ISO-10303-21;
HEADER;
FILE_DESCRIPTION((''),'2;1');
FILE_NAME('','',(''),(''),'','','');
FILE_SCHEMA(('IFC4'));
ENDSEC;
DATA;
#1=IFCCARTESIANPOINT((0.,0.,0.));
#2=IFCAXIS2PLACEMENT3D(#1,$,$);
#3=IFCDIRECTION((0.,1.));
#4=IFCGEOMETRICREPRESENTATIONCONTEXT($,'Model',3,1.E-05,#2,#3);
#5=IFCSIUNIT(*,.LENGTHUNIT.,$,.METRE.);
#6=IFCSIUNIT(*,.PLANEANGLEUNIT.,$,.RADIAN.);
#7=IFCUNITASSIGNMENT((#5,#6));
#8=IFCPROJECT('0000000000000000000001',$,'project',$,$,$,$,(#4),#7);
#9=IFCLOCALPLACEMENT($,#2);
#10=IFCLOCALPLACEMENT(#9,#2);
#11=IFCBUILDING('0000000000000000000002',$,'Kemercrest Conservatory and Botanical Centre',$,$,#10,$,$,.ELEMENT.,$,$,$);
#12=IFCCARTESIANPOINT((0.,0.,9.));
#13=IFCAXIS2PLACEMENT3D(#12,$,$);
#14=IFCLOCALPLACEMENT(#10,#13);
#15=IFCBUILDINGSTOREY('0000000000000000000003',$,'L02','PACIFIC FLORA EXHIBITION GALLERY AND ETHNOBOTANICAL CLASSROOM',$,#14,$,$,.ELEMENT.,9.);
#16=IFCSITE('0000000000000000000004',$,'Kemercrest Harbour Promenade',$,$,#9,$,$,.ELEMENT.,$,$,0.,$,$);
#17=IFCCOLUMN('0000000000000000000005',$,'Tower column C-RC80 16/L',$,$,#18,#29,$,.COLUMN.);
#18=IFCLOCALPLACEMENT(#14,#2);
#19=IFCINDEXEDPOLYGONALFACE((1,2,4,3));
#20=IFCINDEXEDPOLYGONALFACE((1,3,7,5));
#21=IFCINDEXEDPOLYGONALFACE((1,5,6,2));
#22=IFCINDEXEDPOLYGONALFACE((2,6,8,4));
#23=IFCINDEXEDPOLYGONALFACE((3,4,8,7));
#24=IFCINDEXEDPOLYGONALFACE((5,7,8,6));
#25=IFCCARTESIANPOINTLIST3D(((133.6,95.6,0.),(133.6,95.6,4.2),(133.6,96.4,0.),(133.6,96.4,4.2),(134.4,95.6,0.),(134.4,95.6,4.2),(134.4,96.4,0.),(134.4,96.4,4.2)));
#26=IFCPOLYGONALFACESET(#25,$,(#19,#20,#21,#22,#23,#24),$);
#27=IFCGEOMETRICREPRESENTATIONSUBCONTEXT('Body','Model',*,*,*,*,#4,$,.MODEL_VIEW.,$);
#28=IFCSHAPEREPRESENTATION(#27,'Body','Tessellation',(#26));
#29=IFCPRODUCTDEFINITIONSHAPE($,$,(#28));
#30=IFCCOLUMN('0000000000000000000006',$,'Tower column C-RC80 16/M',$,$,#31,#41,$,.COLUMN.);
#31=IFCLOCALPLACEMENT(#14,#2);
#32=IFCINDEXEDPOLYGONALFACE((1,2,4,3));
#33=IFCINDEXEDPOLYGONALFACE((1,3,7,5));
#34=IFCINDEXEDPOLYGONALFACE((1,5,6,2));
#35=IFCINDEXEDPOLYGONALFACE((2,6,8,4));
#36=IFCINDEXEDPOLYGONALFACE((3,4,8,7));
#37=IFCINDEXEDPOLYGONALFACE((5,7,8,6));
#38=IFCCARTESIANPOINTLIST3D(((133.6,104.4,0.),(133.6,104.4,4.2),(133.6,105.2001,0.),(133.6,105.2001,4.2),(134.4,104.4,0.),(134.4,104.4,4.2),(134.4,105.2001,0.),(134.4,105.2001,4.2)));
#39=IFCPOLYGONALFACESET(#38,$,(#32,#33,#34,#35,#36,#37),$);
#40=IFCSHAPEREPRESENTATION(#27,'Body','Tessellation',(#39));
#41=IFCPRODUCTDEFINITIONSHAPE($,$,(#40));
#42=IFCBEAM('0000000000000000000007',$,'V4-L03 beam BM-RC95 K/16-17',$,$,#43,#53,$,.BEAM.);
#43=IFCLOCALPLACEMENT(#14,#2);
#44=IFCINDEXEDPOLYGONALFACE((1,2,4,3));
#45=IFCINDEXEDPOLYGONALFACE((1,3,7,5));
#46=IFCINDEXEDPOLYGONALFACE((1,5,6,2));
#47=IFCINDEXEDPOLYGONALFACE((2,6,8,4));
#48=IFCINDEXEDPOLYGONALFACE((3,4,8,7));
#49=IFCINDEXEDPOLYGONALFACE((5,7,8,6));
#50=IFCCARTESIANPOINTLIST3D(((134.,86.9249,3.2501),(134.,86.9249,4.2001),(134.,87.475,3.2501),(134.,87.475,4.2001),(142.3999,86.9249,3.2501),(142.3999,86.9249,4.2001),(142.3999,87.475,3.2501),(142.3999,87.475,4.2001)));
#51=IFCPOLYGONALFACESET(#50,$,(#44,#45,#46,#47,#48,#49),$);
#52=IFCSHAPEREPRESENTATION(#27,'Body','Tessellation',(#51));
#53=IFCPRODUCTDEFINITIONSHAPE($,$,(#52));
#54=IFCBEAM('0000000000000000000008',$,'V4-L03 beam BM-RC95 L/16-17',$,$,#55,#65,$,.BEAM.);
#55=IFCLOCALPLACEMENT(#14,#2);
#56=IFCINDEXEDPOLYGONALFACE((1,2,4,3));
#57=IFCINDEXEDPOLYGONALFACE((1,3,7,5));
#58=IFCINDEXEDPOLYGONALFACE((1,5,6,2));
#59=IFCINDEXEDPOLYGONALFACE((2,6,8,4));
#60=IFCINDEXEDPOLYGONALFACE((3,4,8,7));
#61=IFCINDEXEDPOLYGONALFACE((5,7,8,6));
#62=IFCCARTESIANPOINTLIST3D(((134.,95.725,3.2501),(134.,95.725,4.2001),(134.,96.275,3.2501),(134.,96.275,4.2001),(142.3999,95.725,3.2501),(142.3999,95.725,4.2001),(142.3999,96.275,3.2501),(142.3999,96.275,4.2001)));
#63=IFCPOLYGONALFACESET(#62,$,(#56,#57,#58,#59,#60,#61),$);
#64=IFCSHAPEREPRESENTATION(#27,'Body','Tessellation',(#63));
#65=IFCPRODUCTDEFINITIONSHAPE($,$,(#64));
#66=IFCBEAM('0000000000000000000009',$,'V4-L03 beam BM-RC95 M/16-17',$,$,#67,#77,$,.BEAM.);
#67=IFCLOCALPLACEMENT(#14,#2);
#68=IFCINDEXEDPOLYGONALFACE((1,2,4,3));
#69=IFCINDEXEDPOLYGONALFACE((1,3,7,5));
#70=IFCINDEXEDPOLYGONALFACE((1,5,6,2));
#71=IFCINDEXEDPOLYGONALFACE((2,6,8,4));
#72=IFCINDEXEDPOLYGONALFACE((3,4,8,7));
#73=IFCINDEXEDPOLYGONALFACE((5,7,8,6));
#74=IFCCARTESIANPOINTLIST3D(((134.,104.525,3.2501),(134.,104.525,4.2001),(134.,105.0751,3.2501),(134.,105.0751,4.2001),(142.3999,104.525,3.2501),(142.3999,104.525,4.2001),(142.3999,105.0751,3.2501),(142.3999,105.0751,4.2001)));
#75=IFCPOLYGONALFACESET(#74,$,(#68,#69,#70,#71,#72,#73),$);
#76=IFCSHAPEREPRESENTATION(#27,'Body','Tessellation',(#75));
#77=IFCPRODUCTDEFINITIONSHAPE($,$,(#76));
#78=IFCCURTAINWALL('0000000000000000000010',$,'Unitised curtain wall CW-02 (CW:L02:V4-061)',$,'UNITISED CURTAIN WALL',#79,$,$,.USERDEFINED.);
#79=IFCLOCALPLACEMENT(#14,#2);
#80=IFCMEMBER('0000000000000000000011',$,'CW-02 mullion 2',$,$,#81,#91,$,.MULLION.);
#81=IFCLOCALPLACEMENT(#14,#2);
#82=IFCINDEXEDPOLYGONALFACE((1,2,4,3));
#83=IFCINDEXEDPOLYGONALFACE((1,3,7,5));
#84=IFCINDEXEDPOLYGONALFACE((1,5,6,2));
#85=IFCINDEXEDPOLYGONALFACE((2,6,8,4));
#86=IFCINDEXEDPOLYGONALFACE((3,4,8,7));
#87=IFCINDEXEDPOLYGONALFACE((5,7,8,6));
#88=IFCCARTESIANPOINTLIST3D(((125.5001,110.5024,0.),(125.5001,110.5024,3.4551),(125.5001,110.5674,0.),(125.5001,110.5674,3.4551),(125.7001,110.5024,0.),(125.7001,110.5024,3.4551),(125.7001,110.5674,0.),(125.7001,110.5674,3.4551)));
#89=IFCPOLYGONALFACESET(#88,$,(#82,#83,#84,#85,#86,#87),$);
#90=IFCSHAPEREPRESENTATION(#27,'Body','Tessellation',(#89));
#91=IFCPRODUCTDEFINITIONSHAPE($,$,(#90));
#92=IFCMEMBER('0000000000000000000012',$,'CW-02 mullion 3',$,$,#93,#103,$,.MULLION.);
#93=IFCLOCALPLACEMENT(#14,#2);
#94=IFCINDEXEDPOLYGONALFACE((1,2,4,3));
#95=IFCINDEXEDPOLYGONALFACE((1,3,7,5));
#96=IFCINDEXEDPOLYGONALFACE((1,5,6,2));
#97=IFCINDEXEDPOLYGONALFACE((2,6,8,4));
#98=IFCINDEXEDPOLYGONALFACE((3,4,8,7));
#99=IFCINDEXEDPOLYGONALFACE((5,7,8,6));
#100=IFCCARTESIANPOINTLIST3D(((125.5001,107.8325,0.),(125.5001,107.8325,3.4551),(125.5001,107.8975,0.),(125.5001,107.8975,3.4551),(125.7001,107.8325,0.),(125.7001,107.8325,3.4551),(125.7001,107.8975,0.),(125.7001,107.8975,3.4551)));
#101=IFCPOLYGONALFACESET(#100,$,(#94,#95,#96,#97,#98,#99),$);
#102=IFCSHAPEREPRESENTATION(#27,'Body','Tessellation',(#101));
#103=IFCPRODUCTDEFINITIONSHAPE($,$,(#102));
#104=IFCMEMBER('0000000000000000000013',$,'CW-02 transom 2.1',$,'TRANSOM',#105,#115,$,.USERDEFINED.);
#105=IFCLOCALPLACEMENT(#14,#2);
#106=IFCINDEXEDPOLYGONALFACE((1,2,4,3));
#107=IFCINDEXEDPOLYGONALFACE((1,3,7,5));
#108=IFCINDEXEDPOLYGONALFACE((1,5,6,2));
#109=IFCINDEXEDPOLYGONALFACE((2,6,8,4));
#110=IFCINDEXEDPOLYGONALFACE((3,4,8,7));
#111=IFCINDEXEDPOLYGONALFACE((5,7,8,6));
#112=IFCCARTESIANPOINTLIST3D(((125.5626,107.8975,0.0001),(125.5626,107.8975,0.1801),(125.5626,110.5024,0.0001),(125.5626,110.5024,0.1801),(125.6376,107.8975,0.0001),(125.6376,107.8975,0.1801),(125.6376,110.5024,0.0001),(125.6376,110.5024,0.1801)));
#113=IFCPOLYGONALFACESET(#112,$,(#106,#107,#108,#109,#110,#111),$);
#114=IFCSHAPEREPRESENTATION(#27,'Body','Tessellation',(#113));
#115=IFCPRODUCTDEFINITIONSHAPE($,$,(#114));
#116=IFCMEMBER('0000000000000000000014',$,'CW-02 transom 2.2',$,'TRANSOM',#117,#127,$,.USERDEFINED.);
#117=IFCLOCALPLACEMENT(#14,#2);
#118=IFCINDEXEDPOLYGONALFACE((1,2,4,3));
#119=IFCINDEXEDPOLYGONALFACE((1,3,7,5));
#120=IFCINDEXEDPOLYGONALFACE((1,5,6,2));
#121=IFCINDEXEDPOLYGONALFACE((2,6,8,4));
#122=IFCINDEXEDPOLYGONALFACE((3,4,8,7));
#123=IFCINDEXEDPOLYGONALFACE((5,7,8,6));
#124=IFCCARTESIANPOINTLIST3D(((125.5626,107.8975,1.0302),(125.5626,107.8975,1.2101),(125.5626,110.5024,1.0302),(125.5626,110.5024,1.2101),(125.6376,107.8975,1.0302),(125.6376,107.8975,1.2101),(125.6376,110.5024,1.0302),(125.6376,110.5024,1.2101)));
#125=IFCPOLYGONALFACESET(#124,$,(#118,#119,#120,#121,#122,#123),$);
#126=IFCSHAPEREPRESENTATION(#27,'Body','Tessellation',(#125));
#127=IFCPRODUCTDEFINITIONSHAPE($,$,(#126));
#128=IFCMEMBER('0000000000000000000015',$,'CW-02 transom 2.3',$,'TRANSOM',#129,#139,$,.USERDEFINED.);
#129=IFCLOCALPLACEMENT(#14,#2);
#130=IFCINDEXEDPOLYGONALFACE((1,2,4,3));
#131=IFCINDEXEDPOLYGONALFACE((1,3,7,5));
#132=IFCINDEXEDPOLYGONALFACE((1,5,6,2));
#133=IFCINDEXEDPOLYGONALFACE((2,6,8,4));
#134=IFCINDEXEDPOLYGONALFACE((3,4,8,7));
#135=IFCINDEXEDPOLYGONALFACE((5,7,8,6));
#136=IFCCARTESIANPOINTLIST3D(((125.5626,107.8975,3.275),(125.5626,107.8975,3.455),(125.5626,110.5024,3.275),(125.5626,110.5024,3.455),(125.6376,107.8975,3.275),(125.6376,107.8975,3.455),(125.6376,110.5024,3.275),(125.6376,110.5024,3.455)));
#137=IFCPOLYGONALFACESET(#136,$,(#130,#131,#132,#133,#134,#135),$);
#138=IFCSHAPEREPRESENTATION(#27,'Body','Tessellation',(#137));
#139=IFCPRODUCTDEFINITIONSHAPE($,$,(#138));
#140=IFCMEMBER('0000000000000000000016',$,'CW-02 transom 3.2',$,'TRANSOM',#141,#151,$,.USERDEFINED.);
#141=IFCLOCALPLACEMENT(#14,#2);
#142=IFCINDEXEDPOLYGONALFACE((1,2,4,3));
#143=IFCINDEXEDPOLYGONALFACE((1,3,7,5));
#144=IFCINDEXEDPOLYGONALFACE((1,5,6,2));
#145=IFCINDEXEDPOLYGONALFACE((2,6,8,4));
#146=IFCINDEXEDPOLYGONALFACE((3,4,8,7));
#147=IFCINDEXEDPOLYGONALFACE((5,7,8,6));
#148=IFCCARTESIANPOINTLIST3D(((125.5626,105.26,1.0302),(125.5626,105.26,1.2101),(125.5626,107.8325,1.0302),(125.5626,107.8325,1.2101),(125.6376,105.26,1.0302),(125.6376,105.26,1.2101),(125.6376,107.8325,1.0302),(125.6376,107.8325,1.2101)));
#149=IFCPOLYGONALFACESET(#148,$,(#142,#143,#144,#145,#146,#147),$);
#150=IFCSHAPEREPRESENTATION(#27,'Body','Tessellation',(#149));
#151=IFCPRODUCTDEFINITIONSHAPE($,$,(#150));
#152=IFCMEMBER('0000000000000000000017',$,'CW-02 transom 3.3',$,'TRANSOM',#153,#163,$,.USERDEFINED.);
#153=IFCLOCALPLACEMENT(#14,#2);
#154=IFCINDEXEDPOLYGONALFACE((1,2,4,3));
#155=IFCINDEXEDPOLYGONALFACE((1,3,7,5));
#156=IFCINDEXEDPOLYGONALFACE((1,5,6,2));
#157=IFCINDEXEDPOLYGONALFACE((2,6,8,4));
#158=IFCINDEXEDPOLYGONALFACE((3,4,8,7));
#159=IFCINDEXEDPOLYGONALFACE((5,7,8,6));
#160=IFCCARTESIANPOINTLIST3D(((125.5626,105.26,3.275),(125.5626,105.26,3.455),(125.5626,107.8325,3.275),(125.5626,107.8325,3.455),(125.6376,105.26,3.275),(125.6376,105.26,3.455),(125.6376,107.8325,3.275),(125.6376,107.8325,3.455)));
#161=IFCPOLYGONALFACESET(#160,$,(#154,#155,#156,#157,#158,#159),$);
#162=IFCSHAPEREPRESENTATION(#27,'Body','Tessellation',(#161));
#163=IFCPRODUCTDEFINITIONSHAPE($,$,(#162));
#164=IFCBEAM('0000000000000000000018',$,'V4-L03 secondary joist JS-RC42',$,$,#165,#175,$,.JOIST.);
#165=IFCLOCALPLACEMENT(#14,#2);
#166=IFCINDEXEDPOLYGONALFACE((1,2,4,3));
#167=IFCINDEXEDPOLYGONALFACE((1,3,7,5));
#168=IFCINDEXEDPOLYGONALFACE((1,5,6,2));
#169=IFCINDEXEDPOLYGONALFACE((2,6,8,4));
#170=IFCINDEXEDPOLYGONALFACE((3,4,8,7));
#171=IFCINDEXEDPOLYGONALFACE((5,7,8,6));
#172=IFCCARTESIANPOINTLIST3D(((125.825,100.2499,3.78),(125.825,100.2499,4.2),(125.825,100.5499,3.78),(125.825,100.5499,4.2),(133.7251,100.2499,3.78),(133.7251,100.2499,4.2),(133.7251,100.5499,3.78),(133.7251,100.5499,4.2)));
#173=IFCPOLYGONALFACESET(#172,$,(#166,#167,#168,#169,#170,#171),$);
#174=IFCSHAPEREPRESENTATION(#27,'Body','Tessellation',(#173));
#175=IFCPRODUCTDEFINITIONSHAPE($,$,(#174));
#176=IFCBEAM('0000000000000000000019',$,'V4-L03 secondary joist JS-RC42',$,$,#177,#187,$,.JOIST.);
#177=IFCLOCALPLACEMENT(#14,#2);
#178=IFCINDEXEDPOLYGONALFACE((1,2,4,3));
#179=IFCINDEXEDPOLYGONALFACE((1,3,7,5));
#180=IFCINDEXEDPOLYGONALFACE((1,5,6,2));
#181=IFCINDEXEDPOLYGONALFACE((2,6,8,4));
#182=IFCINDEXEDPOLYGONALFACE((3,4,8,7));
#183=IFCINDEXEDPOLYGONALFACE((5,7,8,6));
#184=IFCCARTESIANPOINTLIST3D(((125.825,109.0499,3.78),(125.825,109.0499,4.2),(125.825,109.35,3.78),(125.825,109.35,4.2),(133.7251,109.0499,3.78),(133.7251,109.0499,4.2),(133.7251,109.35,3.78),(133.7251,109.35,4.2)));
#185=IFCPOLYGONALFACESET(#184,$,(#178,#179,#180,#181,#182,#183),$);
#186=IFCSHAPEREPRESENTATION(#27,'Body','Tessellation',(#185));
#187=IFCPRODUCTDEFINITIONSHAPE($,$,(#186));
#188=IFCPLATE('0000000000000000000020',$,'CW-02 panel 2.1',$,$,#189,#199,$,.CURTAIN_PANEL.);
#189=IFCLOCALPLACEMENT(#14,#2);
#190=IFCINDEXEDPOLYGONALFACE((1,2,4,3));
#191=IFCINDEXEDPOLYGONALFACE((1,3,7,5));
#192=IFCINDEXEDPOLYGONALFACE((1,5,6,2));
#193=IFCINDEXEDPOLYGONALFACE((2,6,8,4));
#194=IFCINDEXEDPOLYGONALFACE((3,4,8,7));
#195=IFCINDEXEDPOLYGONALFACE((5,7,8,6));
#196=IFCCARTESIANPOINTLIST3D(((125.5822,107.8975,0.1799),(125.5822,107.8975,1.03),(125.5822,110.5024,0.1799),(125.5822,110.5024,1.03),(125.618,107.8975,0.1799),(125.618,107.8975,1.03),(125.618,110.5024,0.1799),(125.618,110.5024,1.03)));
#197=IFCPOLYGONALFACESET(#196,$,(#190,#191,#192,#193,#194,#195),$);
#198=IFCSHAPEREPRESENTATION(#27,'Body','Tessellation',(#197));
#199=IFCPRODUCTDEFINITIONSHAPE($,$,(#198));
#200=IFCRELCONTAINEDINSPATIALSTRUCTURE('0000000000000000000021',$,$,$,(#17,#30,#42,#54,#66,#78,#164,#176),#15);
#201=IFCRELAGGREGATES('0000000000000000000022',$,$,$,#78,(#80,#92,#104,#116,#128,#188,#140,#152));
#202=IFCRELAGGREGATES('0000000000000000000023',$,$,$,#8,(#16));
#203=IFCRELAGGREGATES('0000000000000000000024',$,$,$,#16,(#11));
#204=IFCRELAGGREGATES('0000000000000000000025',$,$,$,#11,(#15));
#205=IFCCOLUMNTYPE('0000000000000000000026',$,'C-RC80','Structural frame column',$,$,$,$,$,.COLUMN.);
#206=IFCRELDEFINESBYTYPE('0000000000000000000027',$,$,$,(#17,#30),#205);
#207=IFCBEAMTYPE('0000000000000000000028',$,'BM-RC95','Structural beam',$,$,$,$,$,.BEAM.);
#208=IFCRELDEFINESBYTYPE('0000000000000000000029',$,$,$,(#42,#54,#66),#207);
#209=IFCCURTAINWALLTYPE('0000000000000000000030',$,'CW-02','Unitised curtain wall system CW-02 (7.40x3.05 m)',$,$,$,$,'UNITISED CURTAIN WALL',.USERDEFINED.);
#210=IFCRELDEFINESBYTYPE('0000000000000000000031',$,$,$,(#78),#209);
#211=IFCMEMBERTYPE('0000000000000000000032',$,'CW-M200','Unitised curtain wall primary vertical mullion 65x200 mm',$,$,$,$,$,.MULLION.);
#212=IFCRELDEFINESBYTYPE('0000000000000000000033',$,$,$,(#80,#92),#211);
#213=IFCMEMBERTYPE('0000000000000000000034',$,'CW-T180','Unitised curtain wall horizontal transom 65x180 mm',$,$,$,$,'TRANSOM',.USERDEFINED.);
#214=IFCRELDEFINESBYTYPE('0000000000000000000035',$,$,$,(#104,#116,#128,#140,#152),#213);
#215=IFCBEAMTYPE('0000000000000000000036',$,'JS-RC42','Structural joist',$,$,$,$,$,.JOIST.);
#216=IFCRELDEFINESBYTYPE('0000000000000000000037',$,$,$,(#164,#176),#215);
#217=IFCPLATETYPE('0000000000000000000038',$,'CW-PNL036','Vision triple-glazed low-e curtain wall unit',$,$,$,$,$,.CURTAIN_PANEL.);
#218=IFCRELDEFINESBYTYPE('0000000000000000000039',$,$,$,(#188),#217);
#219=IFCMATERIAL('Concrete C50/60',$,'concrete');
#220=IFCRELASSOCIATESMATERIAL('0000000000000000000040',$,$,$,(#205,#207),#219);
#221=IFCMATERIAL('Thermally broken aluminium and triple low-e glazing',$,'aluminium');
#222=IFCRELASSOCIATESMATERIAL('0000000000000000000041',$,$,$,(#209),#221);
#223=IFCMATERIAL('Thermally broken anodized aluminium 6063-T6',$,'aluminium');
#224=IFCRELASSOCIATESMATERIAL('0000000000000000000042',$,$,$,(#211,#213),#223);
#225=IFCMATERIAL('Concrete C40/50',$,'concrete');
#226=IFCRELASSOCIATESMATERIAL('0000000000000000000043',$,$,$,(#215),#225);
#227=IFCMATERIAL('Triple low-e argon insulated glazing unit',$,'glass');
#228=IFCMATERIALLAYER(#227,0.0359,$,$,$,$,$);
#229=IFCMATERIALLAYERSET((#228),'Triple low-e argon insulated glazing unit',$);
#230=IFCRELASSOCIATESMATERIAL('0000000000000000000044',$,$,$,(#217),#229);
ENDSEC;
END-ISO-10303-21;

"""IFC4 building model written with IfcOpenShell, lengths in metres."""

from ifc_helpers import new_model, si_unit, direction, frame, origin, origin_2d, place, context, subcontext, project, spatial, rectangle, extrude, material, layer, layer_set, material_profile, profile_set, type_object, element, aggregate, save


model = new_model("IFC4")

# Units and contexts
model_context = context("Model", 3, precision=1e-05, world=origin(), true_north=direction((0.0, 1.0)))
body_context = subcontext(model_context, "Body", "Model", "MODEL_VIEW")
ifc_project = project(units=[si_unit("LENGTHUNIT", "METRE"), si_unit("PLANEANGLEUNIT", "RADIAN")], contexts=[model_context])

# Site, building, storey
site_placement = place(None, origin())
site = spatial("IfcSite", under=ifc_project, at=site_placement, Name="Kemercrest Harbour Promenade", CompositionType="ELEMENT", RefElevation=0.0)
building_placement = place(site_placement, origin())
building = spatial("IfcBuilding", under=site, at=building_placement, Name="Kemercrest Conservatory and Botanical Centre", CompositionType="ELEMENT")
storey_placement = place(building_placement, frame((0.0, 0.0, 9.0)))
storey = spatial("IfcBuildingStorey", under=building, at=storey_placement, Name="L02", Description="PACIFIC FLORA EXHIBITION GALLERY AND ETHNOBOTANICAL CLASSROOM", CompositionType="ELEMENT", Elevation=9.0)

# Columns
ifc_material_1 = material(Name="Concrete C50/60", Category="concrete")
ifc_material_profile_1 = material_profile(ifc_material_1, rectangle(XDim=0.8, YDim=0.8, at=origin_2d()), Name="RC 800x800")
ifc_profile_set_1 = profile_set([ifc_material_profile_1], Name="Concrete C50/60")
column_type = type_object("IfcColumnType", Name="C-RC80", Description="Structural frame column", PredefinedType="COLUMN", material=ifc_profile_set_1)
for number, where, z_axis, x_axis, name in (
    (1, (134.0, 96.0, 0.0), (0.0, 0.0, 1.0), (1.0, 0.0, 0.0), "Tower column C-RC80 16/L"),
    (2, (134.0, 104.8, 0.0), (0.0, 0.0, 1.0), (1.0, 0.0, 0.0), "Tower column C-RC80 16/M"),
):
    element("IfcColumn", number, at=place(storey_placement, frame(where, z_axis=z_axis, x_axis=x_axis)), inside=storey, type_object=column_type, Name=name, PredefinedType="COLUMN", context=body_context, shape_type="SweptSolid", body=[
        extrude(rectangle(XDim=0.8, YDim=0.8, at=origin_2d()), origin(), (0.0, 0.0, 1.0), 4.2),
    ])

# Beams
ifc_material_profile_2 = material_profile(ifc_material_1, rectangle(XDim=0.55, YDim=0.95, at=origin_2d()), Name="RC 550x950")
ifc_profile_set_2 = profile_set([ifc_material_profile_2], Name="Concrete C50/60")
beam_type_1 = type_object("IfcBeamType", Name="BM-RC95", Description="Structural beam", PredefinedType="BEAM", material=ifc_profile_set_2)
for number, where, z_axis, x_axis, name in (
    (3, (134.0, 87.2, 3.7251), (1.0, 0.0, 0.0), (0.0, 1.0, 0.0), "V4-L03 beam BM-RC95 K/16-17"),
    (4, (134.0, 96.0, 3.7251), (1.0, 0.0, 0.0), (0.0, 1.0, 0.0), "V4-L03 beam BM-RC95 L/16-17"),
    (5, (134.0, 104.8, 3.7251), (1.0, 0.0, 0.0), (0.0, 1.0, 0.0), "V4-L03 beam BM-RC95 M/16-17"),
):
    element("IfcBeam", number, at=place(storey_placement, frame(where, z_axis=z_axis, x_axis=x_axis)), inside=storey, type_object=beam_type_1, Name=name, PredefinedType="BEAM", context=body_context, shape_type="SweptSolid", body=[
        extrude(rectangle(XDim=0.55, YDim=0.95, at=origin_2d()), origin(), (0.0, 0.0, 1.0), 8.3999),
    ])

# Curtain wall, members
ifc_material_2 = material(Name="Thermally broken aluminium and triple low-e glazing", Category="aluminium")
curtain_wall_type = type_object("IfcCurtainWallType", Name="CW-02", Description="Unitised curtain wall system CW-02 (7.40x3.05 m)", ElementType="UNITISED CURTAIN WALL", PredefinedType="USERDEFINED", material=ifc_material_2)
curtain_wall_placement = place(storey_placement, origin())
curtain_wall = element("IfcCurtainWall", 6, at=curtain_wall_placement, inside=storey, type_object=curtain_wall_type, Name="Unitised curtain wall CW-02 (CW:L02:V4-061)", ObjectType="UNITISED CURTAIN WALL", PredefinedType="USERDEFINED")
ifc_material_3 = material(Name="Thermally broken anodized aluminium 6063-T6", Category="aluminium")
ifc_material_profile_3 = material_profile(ifc_material_3, rectangle(XDim=0.2, YDim=0.0649, at=origin_2d()), Name="AL MULLION 65x200")
ifc_profile_set_3 = profile_set([ifc_material_profile_3], Name="Thermally broken anodized aluminium 6063-T6")
member_type_1 = type_object("IfcMemberType", Name="CW-M200", Description="Unitised curtain wall primary vertical mullion 65x200 mm", PredefinedType="MULLION", material=ifc_profile_set_3)
member_1_placement = place(storey_placement, frame((125.6001, 110.5349, 0.0), z_axis=(0.0, 0.0, 1.0), x_axis=(1.0, 0.0, 0.0)))
member_1 = element("IfcMember", 7, at=member_1_placement, type_object=member_type_1, Name="CW-02 mullion 2", PredefinedType="MULLION", context=body_context, shape_type="SweptSolid", body=[
    extrude(rectangle(XDim=0.2, YDim=0.0649, at=origin_2d()), origin(), (0.0, 0.0, 1.0), 3.4551),
])
member_2_placement = place(storey_placement, frame((125.6001, 107.865, 0.0), z_axis=(0.0, 0.0, 1.0), x_axis=(1.0, 0.0, 0.0)))
member_2 = element("IfcMember", 8, at=member_2_placement, type_object=member_type_1, Name="CW-02 mullion 3", PredefinedType="MULLION", context=body_context, shape_type="SweptSolid", body=[
    extrude(rectangle(XDim=0.2, YDim=0.0649, at=origin_2d()), origin(), (0.0, 0.0, 1.0), 3.4551),
])
ifc_material_profile_4 = material_profile(ifc_material_3, rectangle(XDim=0.075, YDim=0.1799, at=origin_2d()), Name="AL TRANSOM 75x180")
ifc_profile_set_4 = profile_set([ifc_material_profile_4], Name="Thermally broken anodized aluminium 6063-T6")
member_type_2 = type_object("IfcMemberType", Name="CW-T180", Description="Unitised curtain wall horizontal transom 65x180 mm", ElementType="TRANSOM", PredefinedType="USERDEFINED", material=ifc_profile_set_4)
member_3_placement = place(storey_placement, frame((125.6001, 110.5024, 0.0901), z_axis=(0.0, -1.0, 0.0), x_axis=(1.0, 0.0, 0.0)))
member_3 = element("IfcMember", 9, at=member_3_placement, type_object=member_type_2, Name="CW-02 transom 2.1", ObjectType="TRANSOM", PredefinedType="USERDEFINED", context=body_context, shape_type="SweptSolid", body=[
    extrude(rectangle(XDim=0.075, YDim=0.1799, at=origin_2d()), origin(), (0.0, 0.0, 1.0), 2.605),
])
member_4_placement = place(storey_placement, frame((125.6001, 110.5024, 1.1201), z_axis=(0.0, -1.0, 0.0), x_axis=(1.0, 0.0, 0.0)))
member_4 = element("IfcMember", 10, at=member_4_placement, type_object=member_type_2, Name="CW-02 transom 2.2", ObjectType="TRANSOM", PredefinedType="USERDEFINED", context=body_context, shape_type="SweptSolid", body=[
    extrude(rectangle(XDim=0.075, YDim=0.1799, at=origin_2d()), origin(), (0.0, 0.0, 1.0), 2.605),
])
member_5_placement = place(storey_placement, frame((125.6001, 110.5024, 3.365), z_axis=(0.0, -1.0, 0.0), x_axis=(1.0, 0.0, 0.0)))
member_5 = element("IfcMember", 11, at=member_5_placement, type_object=member_type_2, Name="CW-02 transom 2.3", ObjectType="TRANSOM", PredefinedType="USERDEFINED", context=body_context, shape_type="SweptSolid", body=[
    extrude(rectangle(XDim=0.075, YDim=0.1799, at=origin_2d()), origin(), (0.0, 0.0, 1.0), 2.605),
])
member_6_placement = place(storey_placement, frame((125.6001, 107.8325, 1.1201), z_axis=(0.0, -1.0, 0.0), x_axis=(1.0, 0.0, 0.0)))
member_6 = element("IfcMember", 12, at=member_6_placement, type_object=member_type_2, Name="CW-02 transom 3.2", ObjectType="TRANSOM", PredefinedType="USERDEFINED", context=body_context, shape_type="SweptSolid", body=[
    extrude(rectangle(XDim=0.075, YDim=0.1799, at=origin_2d()), origin(), (0.0, 0.0, 1.0), 2.5725),
])
member_7_placement = place(storey_placement, frame((125.6001, 107.8325, 3.365), z_axis=(0.0, -1.0, 0.0), x_axis=(1.0, 0.0, 0.0)))
member_7 = element("IfcMember", 13, at=member_7_placement, type_object=member_type_2, Name="CW-02 transom 3.3", ObjectType="TRANSOM", PredefinedType="USERDEFINED", context=body_context, shape_type="SweptSolid", body=[
    extrude(rectangle(XDim=0.075, YDim=0.1799, at=origin_2d()), origin(), (0.0, 0.0, 1.0), 2.5725),
])

# Beams
ifc_material_4 = material(Name="Concrete C40/50", Category="concrete")
ifc_material_profile_5 = material_profile(ifc_material_4, rectangle(XDim=0.3, YDim=0.4199, at=origin_2d()), Name="RC 300x420")
ifc_profile_set_5 = profile_set([ifc_material_profile_5], Name="Concrete C40/50")
beam_type_2 = type_object("IfcBeamType", Name="JS-RC42", Description="Structural joist", PredefinedType="JOIST", material=ifc_profile_set_5)
for number, where, z_axis, x_axis, name in (
    (14, (125.825, 100.3999, 3.99), (1.0, 0.0, 0.0), (0.0, 1.0, 0.0), "V4-L03 secondary joist JS-RC42"),
    (15, (125.825, 109.2, 3.99), (1.0, 0.0, 0.0), (0.0, 1.0, 0.0), "V4-L03 secondary joist JS-RC42"),
):
    element("IfcBeam", number, at=place(storey_placement, frame(where, z_axis=z_axis, x_axis=x_axis)), inside=storey, type_object=beam_type_2, Name=name, PredefinedType="JOIST", context=body_context, shape_type="SweptSolid", body=[
        extrude(rectangle(XDim=0.3, YDim=0.4199, at=origin_2d()), origin(), (0.0, 0.0, 1.0), 7.9001),
    ])

# Plate
ifc_material_5 = material(Name="Triple low-e argon insulated glazing unit", Category="glass")
ifc_layer_1 = layer(ifc_material_5, 0.0359)
ifc_layer_set_1 = layer_set([ifc_layer_1], Name="Triple low-e argon insulated glazing unit")
plate_type = type_object("IfcPlateType", Name="CW-PNL036", Description="Vision triple-glazed low-e curtain wall unit", PredefinedType="CURTAIN_PANEL", material=ifc_layer_set_1)
plate_1_placement = place(storey_placement, frame((125.6001, 109.2, 0.1799), z_axis=(0.0, 0.0, 1.0), x_axis=(0.0, -1.0, 0.0)))
plate_1 = element("IfcPlate", 16, at=plate_1_placement, type_object=plate_type, Name="CW-02 panel 2.1", PredefinedType="CURTAIN_PANEL", context=body_context, shape_type="SweptSolid", body=[
    extrude(rectangle(XDim=2.605, YDim=0.0359, at=origin_2d()), origin(), (0.0, 0.0, 1.0), 0.8501),
])
aggregate(curtain_wall, [member_1, member_2, member_3, member_4, member_5, plate_1, member_6, member_7])

save(model, "model.ifc")
